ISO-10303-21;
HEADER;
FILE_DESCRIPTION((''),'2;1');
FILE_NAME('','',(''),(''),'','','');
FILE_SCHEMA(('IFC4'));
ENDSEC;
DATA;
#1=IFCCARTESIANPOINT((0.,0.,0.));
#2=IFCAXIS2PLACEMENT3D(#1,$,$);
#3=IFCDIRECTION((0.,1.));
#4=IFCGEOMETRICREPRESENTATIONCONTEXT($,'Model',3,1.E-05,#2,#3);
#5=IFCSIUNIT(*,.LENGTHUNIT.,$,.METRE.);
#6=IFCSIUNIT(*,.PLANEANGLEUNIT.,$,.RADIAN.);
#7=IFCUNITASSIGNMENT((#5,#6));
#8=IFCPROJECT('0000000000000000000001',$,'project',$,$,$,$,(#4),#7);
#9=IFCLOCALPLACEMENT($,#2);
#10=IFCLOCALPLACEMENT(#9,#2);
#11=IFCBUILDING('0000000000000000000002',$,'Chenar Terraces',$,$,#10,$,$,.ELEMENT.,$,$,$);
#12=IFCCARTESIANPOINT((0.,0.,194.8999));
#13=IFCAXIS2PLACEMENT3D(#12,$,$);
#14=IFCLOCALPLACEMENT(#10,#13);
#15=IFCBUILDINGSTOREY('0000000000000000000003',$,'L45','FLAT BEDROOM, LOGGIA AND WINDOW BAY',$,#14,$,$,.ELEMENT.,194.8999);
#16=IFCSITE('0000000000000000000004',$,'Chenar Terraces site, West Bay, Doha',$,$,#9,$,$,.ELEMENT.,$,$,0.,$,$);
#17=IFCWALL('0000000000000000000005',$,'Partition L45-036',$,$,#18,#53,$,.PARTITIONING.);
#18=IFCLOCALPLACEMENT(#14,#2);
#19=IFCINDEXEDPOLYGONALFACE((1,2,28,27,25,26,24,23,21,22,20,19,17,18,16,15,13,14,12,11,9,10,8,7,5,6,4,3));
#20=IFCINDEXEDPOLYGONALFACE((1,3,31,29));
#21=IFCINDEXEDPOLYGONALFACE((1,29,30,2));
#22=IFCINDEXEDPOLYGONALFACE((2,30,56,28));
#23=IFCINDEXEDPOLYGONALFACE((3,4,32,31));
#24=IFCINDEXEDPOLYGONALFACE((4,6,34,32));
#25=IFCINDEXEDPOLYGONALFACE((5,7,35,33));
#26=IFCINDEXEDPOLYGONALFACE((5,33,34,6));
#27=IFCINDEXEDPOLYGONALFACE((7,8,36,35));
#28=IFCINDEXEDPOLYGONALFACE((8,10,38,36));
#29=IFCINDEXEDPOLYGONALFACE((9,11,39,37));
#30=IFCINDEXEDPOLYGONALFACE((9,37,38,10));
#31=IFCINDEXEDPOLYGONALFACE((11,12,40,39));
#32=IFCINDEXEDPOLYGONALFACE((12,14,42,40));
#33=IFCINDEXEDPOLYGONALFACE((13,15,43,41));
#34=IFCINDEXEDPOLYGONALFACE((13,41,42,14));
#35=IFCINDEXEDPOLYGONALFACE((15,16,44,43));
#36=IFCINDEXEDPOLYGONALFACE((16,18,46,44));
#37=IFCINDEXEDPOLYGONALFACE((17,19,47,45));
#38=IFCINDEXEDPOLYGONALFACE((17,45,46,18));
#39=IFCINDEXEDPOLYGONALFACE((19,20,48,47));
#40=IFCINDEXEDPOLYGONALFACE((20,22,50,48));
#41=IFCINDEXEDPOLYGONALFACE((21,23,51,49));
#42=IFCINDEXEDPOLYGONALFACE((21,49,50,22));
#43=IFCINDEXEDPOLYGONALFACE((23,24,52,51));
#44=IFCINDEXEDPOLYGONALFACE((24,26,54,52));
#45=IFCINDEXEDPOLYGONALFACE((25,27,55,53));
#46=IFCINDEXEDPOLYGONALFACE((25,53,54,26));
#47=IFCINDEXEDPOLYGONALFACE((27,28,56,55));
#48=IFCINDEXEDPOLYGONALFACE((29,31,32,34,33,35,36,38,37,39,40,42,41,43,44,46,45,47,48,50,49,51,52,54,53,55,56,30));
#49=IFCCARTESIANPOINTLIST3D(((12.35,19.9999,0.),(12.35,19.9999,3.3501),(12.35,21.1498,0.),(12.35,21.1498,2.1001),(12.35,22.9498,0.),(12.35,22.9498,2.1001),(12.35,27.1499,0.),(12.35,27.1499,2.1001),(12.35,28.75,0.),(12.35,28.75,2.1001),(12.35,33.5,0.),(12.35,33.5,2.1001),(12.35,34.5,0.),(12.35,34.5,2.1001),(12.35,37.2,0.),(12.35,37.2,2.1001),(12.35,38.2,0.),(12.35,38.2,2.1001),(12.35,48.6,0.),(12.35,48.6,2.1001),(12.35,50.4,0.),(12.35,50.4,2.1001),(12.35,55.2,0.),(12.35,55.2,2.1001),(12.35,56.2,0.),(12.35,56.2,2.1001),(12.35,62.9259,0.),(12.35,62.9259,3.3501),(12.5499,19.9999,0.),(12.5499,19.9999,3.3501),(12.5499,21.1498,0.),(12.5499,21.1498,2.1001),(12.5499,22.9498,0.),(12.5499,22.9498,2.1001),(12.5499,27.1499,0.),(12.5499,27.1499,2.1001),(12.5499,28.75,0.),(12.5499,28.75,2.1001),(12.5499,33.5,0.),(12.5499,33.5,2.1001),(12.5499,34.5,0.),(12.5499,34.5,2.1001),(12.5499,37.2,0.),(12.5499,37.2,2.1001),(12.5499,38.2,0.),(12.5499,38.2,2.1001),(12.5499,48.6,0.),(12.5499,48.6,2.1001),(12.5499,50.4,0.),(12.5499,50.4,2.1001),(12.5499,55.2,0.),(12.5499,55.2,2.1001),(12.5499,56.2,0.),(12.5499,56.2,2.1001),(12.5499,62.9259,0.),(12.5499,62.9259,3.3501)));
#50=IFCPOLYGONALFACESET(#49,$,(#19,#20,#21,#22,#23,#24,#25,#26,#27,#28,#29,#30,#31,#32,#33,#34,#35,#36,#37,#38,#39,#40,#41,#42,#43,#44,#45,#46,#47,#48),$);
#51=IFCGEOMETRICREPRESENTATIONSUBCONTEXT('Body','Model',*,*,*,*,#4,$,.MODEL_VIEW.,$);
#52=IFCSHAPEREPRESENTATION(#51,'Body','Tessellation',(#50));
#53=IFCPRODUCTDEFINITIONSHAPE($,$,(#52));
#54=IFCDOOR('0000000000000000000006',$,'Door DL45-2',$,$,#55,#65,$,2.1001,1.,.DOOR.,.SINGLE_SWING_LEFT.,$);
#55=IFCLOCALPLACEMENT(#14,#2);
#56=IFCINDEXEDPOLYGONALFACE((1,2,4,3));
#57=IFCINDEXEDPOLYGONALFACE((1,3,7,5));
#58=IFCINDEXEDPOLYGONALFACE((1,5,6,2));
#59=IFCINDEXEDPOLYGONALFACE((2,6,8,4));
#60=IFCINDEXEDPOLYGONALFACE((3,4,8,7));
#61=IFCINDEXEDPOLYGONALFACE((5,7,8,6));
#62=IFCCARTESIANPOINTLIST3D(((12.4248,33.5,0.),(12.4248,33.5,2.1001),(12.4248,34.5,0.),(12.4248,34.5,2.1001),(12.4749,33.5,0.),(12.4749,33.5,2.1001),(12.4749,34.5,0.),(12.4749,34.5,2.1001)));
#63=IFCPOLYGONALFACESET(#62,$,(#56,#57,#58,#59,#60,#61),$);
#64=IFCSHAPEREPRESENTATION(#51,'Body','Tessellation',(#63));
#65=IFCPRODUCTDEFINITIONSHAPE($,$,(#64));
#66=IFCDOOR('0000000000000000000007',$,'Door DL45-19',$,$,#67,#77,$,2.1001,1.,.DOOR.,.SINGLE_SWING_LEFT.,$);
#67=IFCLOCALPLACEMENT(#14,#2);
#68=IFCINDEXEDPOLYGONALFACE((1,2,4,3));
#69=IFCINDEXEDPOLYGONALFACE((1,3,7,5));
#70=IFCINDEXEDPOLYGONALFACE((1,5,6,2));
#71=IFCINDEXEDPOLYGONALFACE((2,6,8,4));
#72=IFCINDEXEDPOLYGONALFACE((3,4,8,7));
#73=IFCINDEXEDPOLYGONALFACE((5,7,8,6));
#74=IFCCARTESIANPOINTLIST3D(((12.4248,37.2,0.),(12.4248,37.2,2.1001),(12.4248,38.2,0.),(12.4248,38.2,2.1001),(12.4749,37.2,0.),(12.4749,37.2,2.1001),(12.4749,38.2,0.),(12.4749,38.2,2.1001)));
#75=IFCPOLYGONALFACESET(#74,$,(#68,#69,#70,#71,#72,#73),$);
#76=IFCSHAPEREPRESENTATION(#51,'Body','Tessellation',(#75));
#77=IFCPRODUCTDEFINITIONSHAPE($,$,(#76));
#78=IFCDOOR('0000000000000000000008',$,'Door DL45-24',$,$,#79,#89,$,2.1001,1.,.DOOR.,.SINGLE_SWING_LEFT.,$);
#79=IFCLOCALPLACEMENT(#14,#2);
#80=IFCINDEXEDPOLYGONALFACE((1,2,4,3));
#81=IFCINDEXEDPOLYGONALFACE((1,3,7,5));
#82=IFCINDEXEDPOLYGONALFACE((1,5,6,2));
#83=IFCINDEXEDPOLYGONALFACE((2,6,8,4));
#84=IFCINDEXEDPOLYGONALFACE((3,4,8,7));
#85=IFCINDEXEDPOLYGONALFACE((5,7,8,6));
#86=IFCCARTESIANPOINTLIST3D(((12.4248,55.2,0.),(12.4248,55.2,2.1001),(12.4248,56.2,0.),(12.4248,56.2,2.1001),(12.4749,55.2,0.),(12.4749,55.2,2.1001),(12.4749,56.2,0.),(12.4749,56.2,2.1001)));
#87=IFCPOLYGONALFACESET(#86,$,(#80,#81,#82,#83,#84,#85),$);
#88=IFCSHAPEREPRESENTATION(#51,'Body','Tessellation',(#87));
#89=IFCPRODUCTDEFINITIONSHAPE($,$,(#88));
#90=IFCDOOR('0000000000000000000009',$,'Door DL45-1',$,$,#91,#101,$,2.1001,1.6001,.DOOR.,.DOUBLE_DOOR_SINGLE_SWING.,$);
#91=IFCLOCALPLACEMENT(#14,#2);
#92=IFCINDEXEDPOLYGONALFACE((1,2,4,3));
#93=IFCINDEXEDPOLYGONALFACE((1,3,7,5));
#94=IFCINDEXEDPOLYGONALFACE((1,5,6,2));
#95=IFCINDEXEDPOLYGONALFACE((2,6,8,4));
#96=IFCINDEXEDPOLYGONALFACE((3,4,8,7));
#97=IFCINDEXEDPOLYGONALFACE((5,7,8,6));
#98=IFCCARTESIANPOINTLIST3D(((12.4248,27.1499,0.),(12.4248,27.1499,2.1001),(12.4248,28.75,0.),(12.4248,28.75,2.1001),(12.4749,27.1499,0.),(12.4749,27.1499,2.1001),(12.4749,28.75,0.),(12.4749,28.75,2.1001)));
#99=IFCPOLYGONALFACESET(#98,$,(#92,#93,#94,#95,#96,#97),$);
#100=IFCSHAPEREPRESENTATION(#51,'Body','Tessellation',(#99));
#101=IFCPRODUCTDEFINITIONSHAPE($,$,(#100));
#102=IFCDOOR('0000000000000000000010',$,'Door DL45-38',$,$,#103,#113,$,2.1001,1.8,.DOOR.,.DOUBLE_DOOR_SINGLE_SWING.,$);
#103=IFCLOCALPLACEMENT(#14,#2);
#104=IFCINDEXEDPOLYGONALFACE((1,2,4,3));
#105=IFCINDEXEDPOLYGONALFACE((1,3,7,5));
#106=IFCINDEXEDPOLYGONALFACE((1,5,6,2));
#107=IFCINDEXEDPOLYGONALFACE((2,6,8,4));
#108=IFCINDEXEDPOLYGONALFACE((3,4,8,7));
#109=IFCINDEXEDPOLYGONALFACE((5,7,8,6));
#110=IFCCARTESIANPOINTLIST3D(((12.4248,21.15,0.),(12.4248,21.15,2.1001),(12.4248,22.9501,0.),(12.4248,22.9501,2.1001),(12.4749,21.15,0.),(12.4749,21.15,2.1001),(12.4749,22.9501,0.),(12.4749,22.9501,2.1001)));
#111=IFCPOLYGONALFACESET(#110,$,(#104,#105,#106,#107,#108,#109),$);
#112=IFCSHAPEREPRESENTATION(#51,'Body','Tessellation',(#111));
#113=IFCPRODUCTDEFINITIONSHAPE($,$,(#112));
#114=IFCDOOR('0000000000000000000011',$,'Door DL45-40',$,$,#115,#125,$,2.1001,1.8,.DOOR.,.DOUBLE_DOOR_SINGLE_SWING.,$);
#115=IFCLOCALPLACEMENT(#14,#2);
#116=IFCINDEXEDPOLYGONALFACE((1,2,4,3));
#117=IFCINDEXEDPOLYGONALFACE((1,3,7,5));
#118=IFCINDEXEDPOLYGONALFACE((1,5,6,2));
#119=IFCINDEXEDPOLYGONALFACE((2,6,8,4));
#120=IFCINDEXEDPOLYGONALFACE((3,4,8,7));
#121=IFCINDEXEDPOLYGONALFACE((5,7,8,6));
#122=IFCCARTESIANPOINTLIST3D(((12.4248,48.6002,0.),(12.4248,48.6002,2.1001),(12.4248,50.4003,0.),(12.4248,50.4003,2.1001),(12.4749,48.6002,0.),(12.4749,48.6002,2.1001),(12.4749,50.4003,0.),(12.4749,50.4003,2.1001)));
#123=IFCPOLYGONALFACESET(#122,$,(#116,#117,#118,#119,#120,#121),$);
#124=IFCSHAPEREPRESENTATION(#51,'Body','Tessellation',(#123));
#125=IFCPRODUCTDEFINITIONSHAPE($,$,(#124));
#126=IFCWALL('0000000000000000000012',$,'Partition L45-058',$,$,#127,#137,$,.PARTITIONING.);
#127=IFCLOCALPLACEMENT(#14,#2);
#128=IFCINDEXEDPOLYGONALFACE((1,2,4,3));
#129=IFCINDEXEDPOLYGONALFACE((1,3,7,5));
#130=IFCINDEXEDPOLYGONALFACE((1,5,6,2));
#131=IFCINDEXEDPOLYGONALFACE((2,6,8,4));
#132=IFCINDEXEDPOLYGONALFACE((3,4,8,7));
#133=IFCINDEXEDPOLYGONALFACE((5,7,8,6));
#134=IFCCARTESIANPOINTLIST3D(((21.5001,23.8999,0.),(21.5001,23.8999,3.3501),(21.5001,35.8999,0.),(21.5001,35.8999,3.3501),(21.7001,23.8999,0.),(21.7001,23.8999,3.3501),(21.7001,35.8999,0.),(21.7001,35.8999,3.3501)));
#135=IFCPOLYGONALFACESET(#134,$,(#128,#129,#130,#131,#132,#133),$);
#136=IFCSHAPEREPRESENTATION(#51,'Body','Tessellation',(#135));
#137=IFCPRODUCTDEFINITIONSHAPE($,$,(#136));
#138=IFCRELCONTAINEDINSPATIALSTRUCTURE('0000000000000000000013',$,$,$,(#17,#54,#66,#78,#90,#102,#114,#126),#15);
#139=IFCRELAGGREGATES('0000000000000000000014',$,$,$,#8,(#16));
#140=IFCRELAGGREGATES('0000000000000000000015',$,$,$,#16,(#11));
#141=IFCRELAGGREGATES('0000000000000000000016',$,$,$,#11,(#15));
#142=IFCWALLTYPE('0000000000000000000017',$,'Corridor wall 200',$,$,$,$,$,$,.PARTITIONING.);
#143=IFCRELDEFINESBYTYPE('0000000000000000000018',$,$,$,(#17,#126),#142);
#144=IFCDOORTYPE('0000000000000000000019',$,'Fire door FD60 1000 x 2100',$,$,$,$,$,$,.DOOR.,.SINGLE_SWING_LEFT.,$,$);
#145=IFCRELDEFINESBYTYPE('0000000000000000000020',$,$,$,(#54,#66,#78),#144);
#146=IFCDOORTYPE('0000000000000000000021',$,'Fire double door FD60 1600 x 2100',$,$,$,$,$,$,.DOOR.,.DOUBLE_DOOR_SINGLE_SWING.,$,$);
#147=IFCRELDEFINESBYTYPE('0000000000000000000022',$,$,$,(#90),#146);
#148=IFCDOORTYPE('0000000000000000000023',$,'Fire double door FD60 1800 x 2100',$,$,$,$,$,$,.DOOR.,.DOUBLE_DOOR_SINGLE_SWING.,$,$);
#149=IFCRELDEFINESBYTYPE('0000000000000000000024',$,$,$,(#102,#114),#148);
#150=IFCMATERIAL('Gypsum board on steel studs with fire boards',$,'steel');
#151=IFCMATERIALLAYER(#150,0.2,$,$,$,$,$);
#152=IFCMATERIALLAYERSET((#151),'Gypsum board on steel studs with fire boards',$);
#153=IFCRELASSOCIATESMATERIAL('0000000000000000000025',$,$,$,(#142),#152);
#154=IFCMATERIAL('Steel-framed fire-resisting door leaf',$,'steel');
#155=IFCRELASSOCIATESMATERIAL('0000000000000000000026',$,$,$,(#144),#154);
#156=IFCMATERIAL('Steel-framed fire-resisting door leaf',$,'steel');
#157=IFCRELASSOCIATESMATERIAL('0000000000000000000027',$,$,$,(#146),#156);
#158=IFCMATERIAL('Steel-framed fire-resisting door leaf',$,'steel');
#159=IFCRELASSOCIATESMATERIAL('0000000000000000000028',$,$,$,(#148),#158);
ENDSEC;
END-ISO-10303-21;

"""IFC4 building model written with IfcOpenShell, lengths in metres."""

from ifc_helpers import new_model, si_unit, direction, frame, frame_2d, origin, place, context, subcontext, project, spatial, rectangle, extrude, material, layer, layer_set, type_object, element, fill, save


model = new_model("IFC4")

# Units and contexts
model_context = context("Model", 3, precision=1e-05, world=origin(), true_north=direction((0.0, 1.0)))
body_context = subcontext(model_context, "Body", "Model", "MODEL_VIEW")
ifc_project = project(units=[si_unit("LENGTHUNIT", "METRE"), si_unit("PLANEANGLEUNIT", "RADIAN")], contexts=[model_context])

# Site, building, storey
site_placement = place(None, origin())
site = spatial("IfcSite", under=ifc_project, at=site_placement, Name="Chenar Terraces site, West Bay, Doha", CompositionType="ELEMENT", RefElevation=0.0)
building_placement = place(site_placement, origin())
building = spatial("IfcBuilding", under=site, at=building_placement, Name="Chenar Terraces", CompositionType="ELEMENT")
storey_placement = place(building_placement, frame((0.0, 0.0, 194.8999)))
storey = spatial("IfcBuildingStorey", under=building, at=storey_placement, Name="L45", Description="FLAT BEDROOM, LOGGIA AND WINDOW BAY", CompositionType="ELEMENT", Elevation=194.8999)

# Wall, openings, doors
ifc_material_1 = material(Name="Gypsum board on steel studs with fire boards", Category="steel")
ifc_layer_1 = layer(ifc_material_1, 0.2)
ifc_layer_set_1 = layer_set([ifc_layer_1], Name="Gypsum board on steel studs with fire boards")
wall_type_1 = type_object("IfcWallType", Name="Corridor wall 200", PredefinedType="PARTITIONING", material=ifc_layer_set_1)
wall_1_placement = place(storey_placement, frame((12.45, 20.0, 0.0), z_axis=(0.0, 0.0, 1.0), x_axis=(0.0, 1.0, 0.0)))
wall_1 = element("IfcWall", 1, at=wall_1_placement, inside=storey, type_object=wall_type_1, Name="Partition L45-036", PredefinedType="PARTITIONING", context=body_context, shape_type="SweptSolid", body=[
    extrude(rectangle(XDim=42.926, YDim=0.2, at=frame_2d((21.4629, 0.0))), origin(), (0.0, 0.0, 1.0), 3.3501),
])
opening_1_placement = place(wall_1_placement, frame((7.1499, 0.0, 0.0)))
opening_1 = element("IfcOpeningElement", 2, at=opening_1_placement, cuts=wall_1, PredefinedType="OPENING", context=body_context, shape_type="SweptSolid", body=[
    extrude(rectangle(XDim=1.6001, YDim=2.1001, at=frame_2d((0.8, 1.05))), frame((0.0, 0.1099, 0.0), z_axis=(0.0, -1.0, 0.0), x_axis=(1.0, 0.0, 0.0)), (0.0, 0.0, 1.0), 0.22),
])
opening_2_placement = place(wall_1_placement, frame((13.5, 0.0, 0.0)))
opening_2 = element("IfcOpeningElement", 3, at=opening_2_placement, cuts=wall_1, PredefinedType="OPENING", context=body_context, shape_type="SweptSolid", body=[
    extrude(rectangle(XDim=1.0, YDim=2.1001, at=frame_2d((0.5, 1.05))), frame((0.0, 0.1099, 0.0), z_axis=(0.0, -1.0, 0.0), x_axis=(1.0, 0.0, 0.0)), (0.0, 0.0, 1.0), 0.22),
])
opening_3_placement = place(wall_1_placement, frame((17.2, 0.0, 0.0)))
opening_3 = element("IfcOpeningElement", 4, at=opening_3_placement, cuts=wall_1, PredefinedType="OPENING", context=body_context, shape_type="SweptSolid", body=[
    extrude(rectangle(XDim=1.0, YDim=2.1001, at=frame_2d((0.5, 1.05))), frame((0.0, 0.1099, 0.0), z_axis=(0.0, -1.0, 0.0), x_axis=(1.0, 0.0, 0.0)), (0.0, 0.0, 1.0), 0.22),
])
opening_4_placement = place(wall_1_placement, frame((35.2, 0.0, 0.0)))
opening_4 = element("IfcOpeningElement", 5, at=opening_4_placement, cuts=wall_1, PredefinedType="OPENING", context=body_context, shape_type="SweptSolid", body=[
    extrude(rectangle(XDim=1.0, YDim=2.1001, at=frame_2d((0.5, 1.05))), frame((0.0, 0.1099, 0.0), z_axis=(0.0, -1.0, 0.0), x_axis=(1.0, 0.0, 0.0)), (0.0, 0.0, 1.0), 0.22),
])
opening_5_placement = place(wall_1_placement, frame((1.1499, 0.0, 0.0)))
opening_5 = element("IfcOpeningElement", 6, at=opening_5_placement, cuts=wall_1, PredefinedType="OPENING", context=body_context, shape_type="SweptSolid", body=[
    extrude(rectangle(XDim=1.8, YDim=2.1001, at=frame_2d((0.8999, 1.05))), frame((0.0, 0.1099, 0.0), z_axis=(0.0, -1.0, 0.0), x_axis=(1.0, 0.0, 0.0)), (0.0, 0.0, 1.0), 0.22),
])
opening_6_placement = place(wall_1_placement, frame((28.6001, 0.0, 0.0)))
opening_6 = element("IfcOpeningElement", 7, at=opening_6_placement, cuts=wall_1, PredefinedType="OPENING", context=body_context, shape_type="SweptSolid", body=[
    extrude(rectangle(XDim=1.8, YDim=2.1001, at=frame_2d((0.8999, 1.05))), frame((0.0, 0.1099, 0.0), z_axis=(0.0, -1.0, 0.0), x_axis=(1.0, 0.0, 0.0)), (0.0, 0.0, 1.0), 0.22),
])
ifc_material_2 = material(Name="Steel-framed fire-resisting door leaf", Category="steel")
door_type_1 = type_object("IfcDoorType", Name="Fire door FD60 1000 x 2100", OperationType="SINGLE_SWING_LEFT", PredefinedType="DOOR", material=ifc_material_2)
door_1_placement = place(opening_2_placement, frame((1.0, 0.0, 0.0), z_axis=(0.0, 0.0, 1.0), x_axis=(-1.0, 0.0, 0.0)))
door_1 = element("IfcDoor", 8, at=door_1_placement, inside=storey, type_object=door_type_1, Name="Door DL45-2", OperationType="SINGLE_SWING_LEFT", OverallHeight=2.1001, OverallWidth=1.0, PredefinedType="DOOR", context=body_context, shape_type="SweptSolid", body=[
    extrude(rectangle(XDim=1.0, YDim=2.1001, at=frame_2d((0.5, 1.05))), frame((0.0, 0.0249, 0.0), z_axis=(0.0, -1.0, 0.0), x_axis=(1.0, 0.0, 0.0)), (0.0, 0.0, 1.0), 0.05),
])
fill(opening_2, door_1)
door_2_placement = place(opening_3_placement, frame((1.0, 0.0, 0.0), z_axis=(0.0, 0.0, 1.0), x_axis=(-1.0, 0.0, 0.0)))
door_2 = element("IfcDoor", 9, at=door_2_placement, inside=storey, type_object=door_type_1, Name="Door DL45-19", OperationType="SINGLE_SWING_LEFT", OverallHeight=2.1001, OverallWidth=1.0, PredefinedType="DOOR", context=body_context, shape_type="SweptSolid", body=[
    extrude(rectangle(XDim=1.0, YDim=2.1001, at=frame_2d((0.5, 1.05))), frame((0.0, 0.0249, 0.0), z_axis=(0.0, -1.0, 0.0), x_axis=(1.0, 0.0, 0.0)), (0.0, 0.0, 1.0), 0.05),
])
fill(opening_3, door_2)
door_3_placement = place(opening_4_placement, frame((1.0, 0.0, 0.0), z_axis=(0.0, 0.0, 1.0), x_axis=(-1.0, 0.0, 0.0)))
door_3 = element("IfcDoor", 10, at=door_3_placement, inside=storey, type_object=door_type_1, Name="Door DL45-24", OperationType="SINGLE_SWING_LEFT", OverallHeight=2.1001, OverallWidth=1.0, PredefinedType="DOOR", context=body_context, shape_type="SweptSolid", body=[
    extrude(rectangle(XDim=1.0, YDim=2.1001, at=frame_2d((0.5, 1.05))), frame((0.0, 0.0249, 0.0), z_axis=(0.0, -1.0, 0.0), x_axis=(1.0, 0.0, 0.0)), (0.0, 0.0, 1.0), 0.05),
])
fill(opening_4, door_3)
ifc_material_3 = material(Name="Steel-framed fire-resisting door leaf", Category="steel")
door_type_2 = type_object("IfcDoorType", Name="Fire double door FD60 1600 x 2100", OperationType="DOUBLE_DOOR_SINGLE_SWING", PredefinedType="DOOR", material=ifc_material_3)
door_4_placement = place(opening_1_placement, frame((1.6001, 0.0, 0.0), z_axis=(0.0, 0.0, 1.0), x_axis=(-1.0, 0.0, 0.0)))
door_4 = element("IfcDoor", 11, at=door_4_placement, inside=storey, type_object=door_type_2, Name="Door DL45-1", OperationType="DOUBLE_DOOR_SINGLE_SWING", OverallHeight=2.1001, OverallWidth=1.6001, PredefinedType="DOOR", context=body_context, shape_type="SweptSolid", body=[
    extrude(rectangle(XDim=1.6001, YDim=2.1001, at=frame_2d((0.8, 1.05))), frame((0.0, 0.0249, 0.0), z_axis=(0.0, -1.0, 0.0), x_axis=(1.0, 0.0, 0.0)), (0.0, 0.0, 1.0), 0.05),
])
fill(opening_1, door_4)
ifc_material_4 = material(Name="Steel-framed fire-resisting door leaf", Category="steel")
door_type_3 = type_object("IfcDoorType", Name="Fire double door FD60 1800 x 2100", OperationType="DOUBLE_DOOR_SINGLE_SWING", PredefinedType="DOOR", material=ifc_material_4)
door_5_placement = place(opening_5_placement, frame((1.8, 0.0, 0.0), z_axis=(0.0, 0.0, 1.0), x_axis=(-1.0, 0.0, 0.0)))
door_5 = element("IfcDoor", 12, at=door_5_placement, inside=storey, type_object=door_type_3, Name="Door DL45-38", OperationType="DOUBLE_DOOR_SINGLE_SWING", OverallHeight=2.1001, OverallWidth=1.8, PredefinedType="DOOR", context=body_context, shape_type="SweptSolid", body=[
    extrude(rectangle(XDim=1.8, YDim=2.1001, at=frame_2d((0.8999, 1.05))), frame((0.0, 0.0249, 0.0), z_axis=(0.0, -1.0, 0.0), x_axis=(1.0, 0.0, 0.0)), (0.0, 0.0, 1.0), 0.05),
])
fill(opening_5, door_5)
door_6_placement = place(opening_6_placement, frame((1.8, 0.0, 0.0), z_axis=(0.0, 0.0, 1.0), x_axis=(-1.0, 0.0, 0.0)))
door_6 = element("IfcDoor", 13, at=door_6_placement, inside=storey, type_object=door_type_3, Name="Door DL45-40", OperationType="DOUBLE_DOOR_SINGLE_SWING", OverallHeight=2.1001, OverallWidth=1.8, PredefinedType="DOOR", context=body_context, shape_type="SweptSolid", body=[
    extrude(rectangle(XDim=1.8, YDim=2.1001, at=frame_2d((0.8999, 1.05))), frame((0.0, 0.0249, 0.0), z_axis=(0.0, -1.0, 0.0), x_axis=(1.0, 0.0, 0.0)), (0.0, 0.0, 1.0), 0.05),
])
fill(opening_6, door_6)

# Wall
wall_2_placement = place(storey_placement, frame((21.6001, 23.8999, 0.0), z_axis=(0.0, 0.0, 1.0), x_axis=(0.0, 1.0, 0.0)))
element("IfcWall", 14, at=wall_2_placement, inside=storey, type_object=wall_type_1, Name="Partition L45-058", PredefinedType="PARTITIONING", context=body_context, shape_type="SweptSolid", body=[
    extrude(rectangle(XDim=12.0, YDim=0.2, at=frame_2d((6.0, 0.0))), origin(), (0.0, 0.0, 1.0), 3.3501),
])

save(model, "model.ifc")
